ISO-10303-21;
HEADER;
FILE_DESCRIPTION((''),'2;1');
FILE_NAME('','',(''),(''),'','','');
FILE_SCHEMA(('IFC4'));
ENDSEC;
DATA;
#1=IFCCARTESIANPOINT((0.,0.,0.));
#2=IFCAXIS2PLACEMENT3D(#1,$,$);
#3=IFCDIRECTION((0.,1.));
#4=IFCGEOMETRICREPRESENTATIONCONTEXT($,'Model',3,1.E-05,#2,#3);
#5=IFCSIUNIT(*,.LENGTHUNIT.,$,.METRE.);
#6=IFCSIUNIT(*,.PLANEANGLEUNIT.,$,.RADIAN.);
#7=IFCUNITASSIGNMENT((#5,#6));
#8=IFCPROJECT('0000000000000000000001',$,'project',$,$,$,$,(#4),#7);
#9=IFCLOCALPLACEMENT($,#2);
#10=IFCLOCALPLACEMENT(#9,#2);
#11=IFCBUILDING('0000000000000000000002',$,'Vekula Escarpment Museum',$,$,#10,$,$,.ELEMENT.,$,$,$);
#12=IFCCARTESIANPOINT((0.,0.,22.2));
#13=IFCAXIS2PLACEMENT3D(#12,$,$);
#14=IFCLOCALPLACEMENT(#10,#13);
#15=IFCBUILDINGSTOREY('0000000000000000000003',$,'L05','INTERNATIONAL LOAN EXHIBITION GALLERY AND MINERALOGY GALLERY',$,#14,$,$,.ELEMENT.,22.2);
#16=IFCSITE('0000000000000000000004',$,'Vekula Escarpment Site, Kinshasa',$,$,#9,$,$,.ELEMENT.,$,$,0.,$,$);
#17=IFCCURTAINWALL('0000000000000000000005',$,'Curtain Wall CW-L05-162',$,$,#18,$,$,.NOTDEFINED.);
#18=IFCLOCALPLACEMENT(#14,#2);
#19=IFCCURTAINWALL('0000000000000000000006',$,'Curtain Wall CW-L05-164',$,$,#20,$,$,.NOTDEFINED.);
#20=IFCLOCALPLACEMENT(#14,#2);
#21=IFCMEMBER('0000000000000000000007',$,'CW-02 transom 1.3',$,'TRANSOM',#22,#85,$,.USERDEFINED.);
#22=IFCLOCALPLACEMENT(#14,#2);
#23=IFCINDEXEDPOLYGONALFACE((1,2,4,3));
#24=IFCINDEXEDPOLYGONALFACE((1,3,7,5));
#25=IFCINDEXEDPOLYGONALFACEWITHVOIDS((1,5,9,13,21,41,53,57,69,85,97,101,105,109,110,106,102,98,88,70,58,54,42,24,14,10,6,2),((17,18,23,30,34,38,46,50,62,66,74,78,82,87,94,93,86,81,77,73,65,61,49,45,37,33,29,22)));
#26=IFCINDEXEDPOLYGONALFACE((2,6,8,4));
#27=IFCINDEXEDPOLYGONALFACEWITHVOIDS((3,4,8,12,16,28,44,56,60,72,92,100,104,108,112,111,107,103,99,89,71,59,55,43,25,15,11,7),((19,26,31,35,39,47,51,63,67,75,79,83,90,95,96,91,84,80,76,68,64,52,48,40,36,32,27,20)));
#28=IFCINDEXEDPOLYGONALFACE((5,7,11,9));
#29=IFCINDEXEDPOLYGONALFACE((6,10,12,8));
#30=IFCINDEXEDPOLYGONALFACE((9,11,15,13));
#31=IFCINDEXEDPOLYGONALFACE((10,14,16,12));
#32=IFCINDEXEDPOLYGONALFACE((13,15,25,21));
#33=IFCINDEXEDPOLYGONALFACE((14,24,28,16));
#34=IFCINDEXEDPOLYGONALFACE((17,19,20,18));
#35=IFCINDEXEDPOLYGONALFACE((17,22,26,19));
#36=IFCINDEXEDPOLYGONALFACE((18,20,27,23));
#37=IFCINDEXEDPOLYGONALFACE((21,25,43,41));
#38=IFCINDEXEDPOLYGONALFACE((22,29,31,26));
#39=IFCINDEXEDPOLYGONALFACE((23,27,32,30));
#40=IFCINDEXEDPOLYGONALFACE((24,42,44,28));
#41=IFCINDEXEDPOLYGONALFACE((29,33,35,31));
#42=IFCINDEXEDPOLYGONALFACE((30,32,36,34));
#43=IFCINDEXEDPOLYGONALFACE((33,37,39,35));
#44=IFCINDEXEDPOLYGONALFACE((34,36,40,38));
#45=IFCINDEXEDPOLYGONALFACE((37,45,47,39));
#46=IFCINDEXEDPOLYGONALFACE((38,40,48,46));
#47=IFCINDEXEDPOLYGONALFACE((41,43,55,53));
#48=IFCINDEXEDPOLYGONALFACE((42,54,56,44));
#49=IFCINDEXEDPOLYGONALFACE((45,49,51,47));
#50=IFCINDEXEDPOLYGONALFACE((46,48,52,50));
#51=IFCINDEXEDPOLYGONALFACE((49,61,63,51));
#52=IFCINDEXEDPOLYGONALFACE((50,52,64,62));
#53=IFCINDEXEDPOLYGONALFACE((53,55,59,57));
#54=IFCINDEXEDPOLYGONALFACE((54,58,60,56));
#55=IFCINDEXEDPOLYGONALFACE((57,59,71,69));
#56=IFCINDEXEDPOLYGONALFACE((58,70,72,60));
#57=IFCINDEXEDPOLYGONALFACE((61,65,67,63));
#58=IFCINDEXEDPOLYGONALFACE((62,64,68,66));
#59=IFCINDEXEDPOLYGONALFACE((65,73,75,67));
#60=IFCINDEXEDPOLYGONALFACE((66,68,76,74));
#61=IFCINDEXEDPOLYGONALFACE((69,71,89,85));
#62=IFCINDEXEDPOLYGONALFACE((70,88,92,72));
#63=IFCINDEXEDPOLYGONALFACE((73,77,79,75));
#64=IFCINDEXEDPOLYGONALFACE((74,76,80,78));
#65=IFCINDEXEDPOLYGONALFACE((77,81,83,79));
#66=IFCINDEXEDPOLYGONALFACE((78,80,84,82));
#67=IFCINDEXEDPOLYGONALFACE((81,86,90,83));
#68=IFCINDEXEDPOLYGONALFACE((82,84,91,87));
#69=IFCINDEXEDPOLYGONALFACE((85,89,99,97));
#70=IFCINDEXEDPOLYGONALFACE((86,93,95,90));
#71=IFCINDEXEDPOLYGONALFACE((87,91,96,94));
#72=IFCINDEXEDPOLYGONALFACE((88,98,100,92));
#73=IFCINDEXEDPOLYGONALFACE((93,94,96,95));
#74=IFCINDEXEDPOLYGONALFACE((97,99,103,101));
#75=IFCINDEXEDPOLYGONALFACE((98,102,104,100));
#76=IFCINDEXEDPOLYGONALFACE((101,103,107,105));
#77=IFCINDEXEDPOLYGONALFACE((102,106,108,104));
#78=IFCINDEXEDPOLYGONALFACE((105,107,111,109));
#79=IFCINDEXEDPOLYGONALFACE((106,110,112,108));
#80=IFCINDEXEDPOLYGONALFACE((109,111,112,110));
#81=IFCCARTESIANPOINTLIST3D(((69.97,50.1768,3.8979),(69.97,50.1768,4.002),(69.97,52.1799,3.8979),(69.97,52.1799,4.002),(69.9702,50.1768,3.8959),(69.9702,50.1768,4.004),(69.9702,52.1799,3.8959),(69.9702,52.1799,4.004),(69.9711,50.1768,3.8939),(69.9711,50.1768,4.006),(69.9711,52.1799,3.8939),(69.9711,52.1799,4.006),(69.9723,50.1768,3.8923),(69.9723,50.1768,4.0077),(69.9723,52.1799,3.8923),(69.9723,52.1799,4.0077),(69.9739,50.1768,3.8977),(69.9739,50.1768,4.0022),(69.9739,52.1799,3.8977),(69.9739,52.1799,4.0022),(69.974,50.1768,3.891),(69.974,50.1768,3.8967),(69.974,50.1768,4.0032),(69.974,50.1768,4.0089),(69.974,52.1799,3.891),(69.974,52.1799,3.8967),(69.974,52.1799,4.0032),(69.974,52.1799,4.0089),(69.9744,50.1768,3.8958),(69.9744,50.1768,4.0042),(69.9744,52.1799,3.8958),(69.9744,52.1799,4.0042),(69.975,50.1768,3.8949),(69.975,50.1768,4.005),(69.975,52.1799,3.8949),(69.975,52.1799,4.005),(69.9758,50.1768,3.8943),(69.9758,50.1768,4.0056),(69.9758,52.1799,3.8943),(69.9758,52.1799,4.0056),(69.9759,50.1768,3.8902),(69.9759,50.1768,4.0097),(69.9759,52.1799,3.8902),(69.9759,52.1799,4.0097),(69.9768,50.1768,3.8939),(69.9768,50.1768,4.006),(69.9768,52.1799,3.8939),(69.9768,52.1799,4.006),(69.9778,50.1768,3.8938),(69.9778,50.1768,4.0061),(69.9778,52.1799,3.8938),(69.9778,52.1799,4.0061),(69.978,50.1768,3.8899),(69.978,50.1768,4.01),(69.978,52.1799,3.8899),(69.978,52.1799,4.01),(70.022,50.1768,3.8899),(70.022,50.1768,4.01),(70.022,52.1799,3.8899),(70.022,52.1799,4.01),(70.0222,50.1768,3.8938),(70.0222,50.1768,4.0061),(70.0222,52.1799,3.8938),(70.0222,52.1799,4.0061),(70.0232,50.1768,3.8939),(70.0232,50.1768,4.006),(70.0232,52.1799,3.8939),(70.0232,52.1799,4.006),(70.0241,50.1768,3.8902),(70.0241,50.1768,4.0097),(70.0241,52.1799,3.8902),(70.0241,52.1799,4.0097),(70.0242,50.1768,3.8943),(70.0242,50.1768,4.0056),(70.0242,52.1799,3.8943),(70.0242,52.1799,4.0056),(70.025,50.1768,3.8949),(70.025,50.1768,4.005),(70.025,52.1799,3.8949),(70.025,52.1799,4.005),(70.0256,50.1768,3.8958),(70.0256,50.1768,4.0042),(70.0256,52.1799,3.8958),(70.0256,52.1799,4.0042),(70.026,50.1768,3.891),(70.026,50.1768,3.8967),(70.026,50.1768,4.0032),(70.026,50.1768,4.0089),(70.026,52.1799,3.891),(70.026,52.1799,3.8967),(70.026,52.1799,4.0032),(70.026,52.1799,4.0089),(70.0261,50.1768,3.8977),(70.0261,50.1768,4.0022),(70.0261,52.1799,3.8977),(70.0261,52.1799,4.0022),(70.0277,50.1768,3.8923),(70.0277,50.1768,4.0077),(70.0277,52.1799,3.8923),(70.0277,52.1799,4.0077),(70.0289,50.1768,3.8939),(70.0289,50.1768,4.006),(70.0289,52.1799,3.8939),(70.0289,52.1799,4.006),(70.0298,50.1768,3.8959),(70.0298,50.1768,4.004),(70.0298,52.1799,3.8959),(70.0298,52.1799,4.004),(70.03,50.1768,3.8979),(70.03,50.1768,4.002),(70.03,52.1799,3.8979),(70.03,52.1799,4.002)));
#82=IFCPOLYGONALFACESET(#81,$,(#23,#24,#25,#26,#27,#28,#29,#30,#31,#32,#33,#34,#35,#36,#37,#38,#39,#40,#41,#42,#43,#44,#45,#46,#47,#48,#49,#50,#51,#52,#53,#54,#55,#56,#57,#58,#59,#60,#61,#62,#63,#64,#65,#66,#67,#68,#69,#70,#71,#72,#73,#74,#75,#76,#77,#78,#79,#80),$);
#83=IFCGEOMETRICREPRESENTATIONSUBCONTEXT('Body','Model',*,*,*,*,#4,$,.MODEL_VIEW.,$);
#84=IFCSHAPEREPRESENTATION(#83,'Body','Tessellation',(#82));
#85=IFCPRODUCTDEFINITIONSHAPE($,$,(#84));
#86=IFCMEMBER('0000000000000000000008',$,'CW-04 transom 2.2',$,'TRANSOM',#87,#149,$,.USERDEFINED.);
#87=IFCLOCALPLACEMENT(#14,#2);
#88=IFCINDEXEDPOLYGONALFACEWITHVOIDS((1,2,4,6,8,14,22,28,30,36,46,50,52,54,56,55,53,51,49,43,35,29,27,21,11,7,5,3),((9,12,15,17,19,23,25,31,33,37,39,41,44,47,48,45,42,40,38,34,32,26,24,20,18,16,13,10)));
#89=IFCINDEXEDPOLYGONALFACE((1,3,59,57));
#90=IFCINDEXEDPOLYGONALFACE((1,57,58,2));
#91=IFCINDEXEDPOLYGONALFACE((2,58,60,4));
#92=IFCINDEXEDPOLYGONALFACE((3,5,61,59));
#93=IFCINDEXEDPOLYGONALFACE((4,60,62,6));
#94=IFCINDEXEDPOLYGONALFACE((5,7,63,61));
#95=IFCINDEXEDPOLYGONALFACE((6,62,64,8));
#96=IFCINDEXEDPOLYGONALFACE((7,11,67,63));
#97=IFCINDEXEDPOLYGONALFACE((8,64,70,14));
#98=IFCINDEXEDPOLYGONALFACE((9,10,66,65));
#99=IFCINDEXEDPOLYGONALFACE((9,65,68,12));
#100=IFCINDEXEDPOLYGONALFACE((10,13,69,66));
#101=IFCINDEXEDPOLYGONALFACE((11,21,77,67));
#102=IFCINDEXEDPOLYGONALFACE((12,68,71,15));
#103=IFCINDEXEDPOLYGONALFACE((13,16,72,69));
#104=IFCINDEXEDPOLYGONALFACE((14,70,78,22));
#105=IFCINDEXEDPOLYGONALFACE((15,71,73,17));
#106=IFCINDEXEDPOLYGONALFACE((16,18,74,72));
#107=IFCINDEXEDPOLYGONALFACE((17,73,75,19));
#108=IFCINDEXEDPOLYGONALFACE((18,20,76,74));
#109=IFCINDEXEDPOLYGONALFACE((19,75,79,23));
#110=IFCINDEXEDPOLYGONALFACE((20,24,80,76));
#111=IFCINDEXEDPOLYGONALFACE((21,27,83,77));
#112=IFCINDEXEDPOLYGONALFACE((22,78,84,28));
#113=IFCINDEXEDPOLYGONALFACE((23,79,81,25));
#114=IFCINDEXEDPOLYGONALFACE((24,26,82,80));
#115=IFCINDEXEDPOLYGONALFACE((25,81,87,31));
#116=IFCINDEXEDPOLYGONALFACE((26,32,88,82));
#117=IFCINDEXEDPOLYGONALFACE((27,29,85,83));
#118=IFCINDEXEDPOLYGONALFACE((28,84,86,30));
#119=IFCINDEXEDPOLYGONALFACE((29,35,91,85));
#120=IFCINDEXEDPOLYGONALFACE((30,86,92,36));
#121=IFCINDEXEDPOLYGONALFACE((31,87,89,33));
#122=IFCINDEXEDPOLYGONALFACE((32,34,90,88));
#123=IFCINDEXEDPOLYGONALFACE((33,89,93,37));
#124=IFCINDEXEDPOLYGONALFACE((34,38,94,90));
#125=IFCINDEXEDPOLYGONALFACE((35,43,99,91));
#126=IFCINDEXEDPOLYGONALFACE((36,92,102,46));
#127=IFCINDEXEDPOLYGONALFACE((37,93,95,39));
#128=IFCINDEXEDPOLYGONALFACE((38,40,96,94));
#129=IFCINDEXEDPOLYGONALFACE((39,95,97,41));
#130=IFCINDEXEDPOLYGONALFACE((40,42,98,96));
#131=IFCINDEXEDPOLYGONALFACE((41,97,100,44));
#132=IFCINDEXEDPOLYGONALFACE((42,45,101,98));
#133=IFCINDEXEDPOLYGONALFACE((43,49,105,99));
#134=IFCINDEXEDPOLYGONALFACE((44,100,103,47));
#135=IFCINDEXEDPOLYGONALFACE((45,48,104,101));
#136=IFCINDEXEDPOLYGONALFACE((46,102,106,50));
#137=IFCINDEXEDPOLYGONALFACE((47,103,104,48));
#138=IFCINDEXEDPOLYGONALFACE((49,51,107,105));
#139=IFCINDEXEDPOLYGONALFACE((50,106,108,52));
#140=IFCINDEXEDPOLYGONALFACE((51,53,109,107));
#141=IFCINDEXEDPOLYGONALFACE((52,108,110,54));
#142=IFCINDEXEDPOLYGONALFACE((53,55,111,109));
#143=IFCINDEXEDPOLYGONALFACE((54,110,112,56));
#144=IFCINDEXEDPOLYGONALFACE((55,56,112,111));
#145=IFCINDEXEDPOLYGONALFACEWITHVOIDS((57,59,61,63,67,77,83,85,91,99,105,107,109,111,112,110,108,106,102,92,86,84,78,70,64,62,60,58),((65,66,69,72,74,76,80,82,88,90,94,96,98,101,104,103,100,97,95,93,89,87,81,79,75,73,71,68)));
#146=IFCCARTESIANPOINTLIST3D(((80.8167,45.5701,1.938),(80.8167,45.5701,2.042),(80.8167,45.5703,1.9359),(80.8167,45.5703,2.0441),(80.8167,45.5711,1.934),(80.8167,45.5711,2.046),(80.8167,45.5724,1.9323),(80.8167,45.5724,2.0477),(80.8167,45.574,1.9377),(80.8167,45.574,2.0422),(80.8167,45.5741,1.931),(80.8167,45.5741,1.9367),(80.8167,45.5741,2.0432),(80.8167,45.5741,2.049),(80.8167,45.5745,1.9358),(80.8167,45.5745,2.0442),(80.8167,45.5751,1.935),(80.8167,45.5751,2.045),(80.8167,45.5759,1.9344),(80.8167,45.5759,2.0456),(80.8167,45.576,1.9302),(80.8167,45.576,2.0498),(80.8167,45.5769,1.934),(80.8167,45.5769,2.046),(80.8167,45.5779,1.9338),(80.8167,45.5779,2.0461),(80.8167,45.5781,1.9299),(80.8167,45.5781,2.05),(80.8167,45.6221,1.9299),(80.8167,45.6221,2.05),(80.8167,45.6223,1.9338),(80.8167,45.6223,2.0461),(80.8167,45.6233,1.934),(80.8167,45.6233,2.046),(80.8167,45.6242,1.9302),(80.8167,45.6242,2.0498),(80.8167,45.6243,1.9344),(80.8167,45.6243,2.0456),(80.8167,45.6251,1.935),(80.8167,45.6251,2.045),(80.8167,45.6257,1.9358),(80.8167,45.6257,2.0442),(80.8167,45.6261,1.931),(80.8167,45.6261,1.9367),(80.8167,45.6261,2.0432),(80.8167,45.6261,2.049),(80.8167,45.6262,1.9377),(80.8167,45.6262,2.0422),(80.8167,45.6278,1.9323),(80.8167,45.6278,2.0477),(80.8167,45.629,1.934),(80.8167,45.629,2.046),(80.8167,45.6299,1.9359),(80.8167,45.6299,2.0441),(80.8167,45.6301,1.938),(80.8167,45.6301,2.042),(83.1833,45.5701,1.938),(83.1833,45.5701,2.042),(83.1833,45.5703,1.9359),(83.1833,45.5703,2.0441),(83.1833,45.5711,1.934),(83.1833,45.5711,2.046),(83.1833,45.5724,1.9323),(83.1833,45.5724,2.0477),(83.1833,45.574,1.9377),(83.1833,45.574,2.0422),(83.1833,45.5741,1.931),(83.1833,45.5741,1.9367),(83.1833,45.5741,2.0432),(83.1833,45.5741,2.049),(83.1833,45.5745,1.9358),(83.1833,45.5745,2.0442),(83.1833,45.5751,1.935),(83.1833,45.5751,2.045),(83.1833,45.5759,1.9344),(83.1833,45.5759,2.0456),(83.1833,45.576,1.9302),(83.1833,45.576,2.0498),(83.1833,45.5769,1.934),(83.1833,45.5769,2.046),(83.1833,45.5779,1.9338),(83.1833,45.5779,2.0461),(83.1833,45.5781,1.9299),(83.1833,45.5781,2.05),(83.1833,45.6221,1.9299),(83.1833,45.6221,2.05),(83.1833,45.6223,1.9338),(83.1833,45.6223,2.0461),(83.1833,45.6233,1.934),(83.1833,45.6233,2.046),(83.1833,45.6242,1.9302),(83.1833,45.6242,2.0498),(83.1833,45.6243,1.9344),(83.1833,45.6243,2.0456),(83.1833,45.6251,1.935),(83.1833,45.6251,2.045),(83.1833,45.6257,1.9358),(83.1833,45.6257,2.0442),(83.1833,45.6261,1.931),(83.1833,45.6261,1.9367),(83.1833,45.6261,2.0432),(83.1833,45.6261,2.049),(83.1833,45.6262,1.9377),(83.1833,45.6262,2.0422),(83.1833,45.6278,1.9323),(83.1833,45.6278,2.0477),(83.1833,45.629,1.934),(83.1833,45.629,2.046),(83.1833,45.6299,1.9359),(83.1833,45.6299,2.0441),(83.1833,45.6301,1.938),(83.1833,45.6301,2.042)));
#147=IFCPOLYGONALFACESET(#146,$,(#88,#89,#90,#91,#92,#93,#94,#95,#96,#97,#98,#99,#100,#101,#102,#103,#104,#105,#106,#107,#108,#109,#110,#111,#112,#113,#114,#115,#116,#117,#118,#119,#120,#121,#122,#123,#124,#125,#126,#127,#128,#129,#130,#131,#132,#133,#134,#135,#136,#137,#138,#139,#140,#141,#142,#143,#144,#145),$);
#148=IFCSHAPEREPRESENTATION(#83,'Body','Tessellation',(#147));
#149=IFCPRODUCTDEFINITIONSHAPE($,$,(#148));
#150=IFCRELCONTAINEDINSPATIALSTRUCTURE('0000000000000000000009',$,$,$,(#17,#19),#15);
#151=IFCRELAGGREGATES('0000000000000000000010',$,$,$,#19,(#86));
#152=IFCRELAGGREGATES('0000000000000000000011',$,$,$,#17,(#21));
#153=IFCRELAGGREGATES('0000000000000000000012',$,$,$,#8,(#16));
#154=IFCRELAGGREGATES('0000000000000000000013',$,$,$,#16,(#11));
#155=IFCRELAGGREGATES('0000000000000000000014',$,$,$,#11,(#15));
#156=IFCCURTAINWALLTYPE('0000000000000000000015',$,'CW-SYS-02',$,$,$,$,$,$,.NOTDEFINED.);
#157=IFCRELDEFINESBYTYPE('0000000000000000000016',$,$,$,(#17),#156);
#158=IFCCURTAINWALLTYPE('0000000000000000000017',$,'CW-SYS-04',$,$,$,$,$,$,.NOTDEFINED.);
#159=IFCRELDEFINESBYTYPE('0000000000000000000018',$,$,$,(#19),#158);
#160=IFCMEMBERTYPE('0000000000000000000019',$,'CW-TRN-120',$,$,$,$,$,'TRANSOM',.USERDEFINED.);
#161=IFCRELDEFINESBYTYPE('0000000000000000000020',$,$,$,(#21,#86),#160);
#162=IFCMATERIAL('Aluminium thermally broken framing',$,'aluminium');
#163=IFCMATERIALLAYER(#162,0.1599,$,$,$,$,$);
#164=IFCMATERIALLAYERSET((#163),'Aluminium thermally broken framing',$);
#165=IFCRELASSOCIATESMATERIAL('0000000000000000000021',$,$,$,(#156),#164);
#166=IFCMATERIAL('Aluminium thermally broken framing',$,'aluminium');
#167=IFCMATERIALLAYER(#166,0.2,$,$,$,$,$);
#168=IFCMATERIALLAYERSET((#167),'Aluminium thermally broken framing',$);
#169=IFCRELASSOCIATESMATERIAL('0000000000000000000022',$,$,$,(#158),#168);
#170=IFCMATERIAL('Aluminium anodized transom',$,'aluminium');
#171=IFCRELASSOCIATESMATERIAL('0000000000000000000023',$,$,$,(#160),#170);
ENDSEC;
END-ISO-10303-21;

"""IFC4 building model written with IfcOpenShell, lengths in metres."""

from ifc_helpers import new_model, si_unit, direction, frame, origin, origin_2d, place, context, subcontext, project, spatial, hollow_rectangle, extrude, material, layer, layer_set, material_profile, profile_set, type_object, element, aggregate, save


model = new_model("IFC4")

# Units and contexts
model_context = context("Model", 3, precision=1e-05, world=origin(), true_north=direction((0.0, 1.0)))
body_context = subcontext(model_context, "Body", "Model", "MODEL_VIEW")
ifc_project = project(units=[si_unit("LENGTHUNIT", "METRE"), si_unit("PLANEANGLEUNIT", "RADIAN")], contexts=[model_context])

# Site, building, storey
site_placement = place(None, origin())
site = spatial("IfcSite", under=ifc_project, at=site_placement, Name="Vekula Escarpment Site, Kinshasa", CompositionType="ELEMENT", RefElevation=0.0)
building_placement = place(site_placement, origin())
building = spatial("IfcBuilding", under=site, at=building_placement, Name="Vekula Escarpment Museum", CompositionType="ELEMENT")
storey_placement = place(building_placement, frame((0.0, 0.0, 22.2)))
storey = spatial("IfcBuildingStorey", under=building, at=storey_placement, Name="L05", Description="INTERNATIONAL LOAN EXHIBITION GALLERY AND MINERALOGY GALLERY", CompositionType="ELEMENT", Elevation=22.2)

# Curtain walls
ifc_material_1 = material(Name="Aluminium thermally broken framing", Category="aluminium")
ifc_layer_1 = layer(ifc_material_1, 0.1599)
ifc_layer_set_1 = layer_set([ifc_layer_1], Name="Aluminium thermally broken framing")
curtain_wall_type_1 = type_object("IfcCurtainWallType", Name="CW-SYS-02", PredefinedType="NOTDEFINED", material=ifc_layer_set_1)
curtain_wall_1_placement = place(storey_placement, origin())
curtain_wall_1 = element("IfcCurtainWall", 1, at=curtain_wall_1_placement, inside=storey, type_object=curtain_wall_type_1, Name="Curtain Wall CW-L05-162", PredefinedType="NOTDEFINED")
ifc_material_2 = material(Name="Aluminium thermally broken framing", Category="aluminium")
ifc_layer_2 = layer(ifc_material_2, 0.2)
ifc_layer_set_2 = layer_set([ifc_layer_2], Name="Aluminium thermally broken framing")
curtain_wall_type_2 = type_object("IfcCurtainWallType", Name="CW-SYS-04", PredefinedType="NOTDEFINED", material=ifc_layer_set_2)
curtain_wall_2_placement = place(storey_placement, origin())
curtain_wall_2 = element("IfcCurtainWall", 2, at=curtain_wall_2_placement, inside=storey, type_object=curtain_wall_type_2, Name="Curtain Wall CW-L05-164", PredefinedType="NOTDEFINED")

# Members
ifc_material_3 = material(Name="Aluminium anodized transom", Category="aluminium")
ifc_material_profile_1 = material_profile(ifc_material_3, hollow_rectangle(XDim=0.0601, YDim=0.1201, WallThickness=0.0039, InnerFilletRadius=0.0039, OuterFilletRadius=0.0081, at=origin_2d()), Name="ALU 120x60x4")
ifc_profile_set_1 = profile_set([ifc_material_profile_1], Name="Aluminium anodized transom")
member_type_1 = type_object("IfcMemberType", Name="CW-TRN-120", ElementType="TRANSOM", PredefinedType="USERDEFINED", material=ifc_profile_set_1)
member_1_placement = place(storey_placement, frame((70.0, 52.1799, 3.95), z_axis=(0.0, -1.0, 0.0), x_axis=(1.0, 0.0, 0.0)))
member_1 = element("IfcMember", 3, at=member_1_placement, type_object=member_type_1, Name="CW-02 transom 1.3", ObjectType="TRANSOM", PredefinedType="USERDEFINED", context=body_context, shape_type="SweptSolid", body=[
    extrude(hollow_rectangle(XDim=0.0601, YDim=0.1201, WallThickness=0.0039, InnerFilletRadius=0.0039, OuterFilletRadius=0.0081, at=origin_2d()), origin(), (0.0, 0.0, 1.0), 2.0032),
])
member_2_placement = place(storey_placement, frame((80.8167, 45.6001, 1.99), z_axis=(1.0, 0.0, 0.0), x_axis=(0.0, 1.0, 0.0)))
member_2 = element("IfcMember", 4, at=member_2_placement, type_object=member_type_1, Name="CW-04 transom 2.2", ObjectType="TRANSOM", PredefinedType="USERDEFINED", context=body_context, shape_type="SweptSolid", body=[
    extrude(hollow_rectangle(XDim=0.0601, YDim=0.1201, WallThickness=0.0039, InnerFilletRadius=0.0039, OuterFilletRadius=0.0081, at=origin_2d()), origin(), (0.0, 0.0, 1.0), 2.3667),
])

aggregate(curtain_wall_2, [member_2])
aggregate(curtain_wall_1, [member_1])

save(model, "model.ifc")
